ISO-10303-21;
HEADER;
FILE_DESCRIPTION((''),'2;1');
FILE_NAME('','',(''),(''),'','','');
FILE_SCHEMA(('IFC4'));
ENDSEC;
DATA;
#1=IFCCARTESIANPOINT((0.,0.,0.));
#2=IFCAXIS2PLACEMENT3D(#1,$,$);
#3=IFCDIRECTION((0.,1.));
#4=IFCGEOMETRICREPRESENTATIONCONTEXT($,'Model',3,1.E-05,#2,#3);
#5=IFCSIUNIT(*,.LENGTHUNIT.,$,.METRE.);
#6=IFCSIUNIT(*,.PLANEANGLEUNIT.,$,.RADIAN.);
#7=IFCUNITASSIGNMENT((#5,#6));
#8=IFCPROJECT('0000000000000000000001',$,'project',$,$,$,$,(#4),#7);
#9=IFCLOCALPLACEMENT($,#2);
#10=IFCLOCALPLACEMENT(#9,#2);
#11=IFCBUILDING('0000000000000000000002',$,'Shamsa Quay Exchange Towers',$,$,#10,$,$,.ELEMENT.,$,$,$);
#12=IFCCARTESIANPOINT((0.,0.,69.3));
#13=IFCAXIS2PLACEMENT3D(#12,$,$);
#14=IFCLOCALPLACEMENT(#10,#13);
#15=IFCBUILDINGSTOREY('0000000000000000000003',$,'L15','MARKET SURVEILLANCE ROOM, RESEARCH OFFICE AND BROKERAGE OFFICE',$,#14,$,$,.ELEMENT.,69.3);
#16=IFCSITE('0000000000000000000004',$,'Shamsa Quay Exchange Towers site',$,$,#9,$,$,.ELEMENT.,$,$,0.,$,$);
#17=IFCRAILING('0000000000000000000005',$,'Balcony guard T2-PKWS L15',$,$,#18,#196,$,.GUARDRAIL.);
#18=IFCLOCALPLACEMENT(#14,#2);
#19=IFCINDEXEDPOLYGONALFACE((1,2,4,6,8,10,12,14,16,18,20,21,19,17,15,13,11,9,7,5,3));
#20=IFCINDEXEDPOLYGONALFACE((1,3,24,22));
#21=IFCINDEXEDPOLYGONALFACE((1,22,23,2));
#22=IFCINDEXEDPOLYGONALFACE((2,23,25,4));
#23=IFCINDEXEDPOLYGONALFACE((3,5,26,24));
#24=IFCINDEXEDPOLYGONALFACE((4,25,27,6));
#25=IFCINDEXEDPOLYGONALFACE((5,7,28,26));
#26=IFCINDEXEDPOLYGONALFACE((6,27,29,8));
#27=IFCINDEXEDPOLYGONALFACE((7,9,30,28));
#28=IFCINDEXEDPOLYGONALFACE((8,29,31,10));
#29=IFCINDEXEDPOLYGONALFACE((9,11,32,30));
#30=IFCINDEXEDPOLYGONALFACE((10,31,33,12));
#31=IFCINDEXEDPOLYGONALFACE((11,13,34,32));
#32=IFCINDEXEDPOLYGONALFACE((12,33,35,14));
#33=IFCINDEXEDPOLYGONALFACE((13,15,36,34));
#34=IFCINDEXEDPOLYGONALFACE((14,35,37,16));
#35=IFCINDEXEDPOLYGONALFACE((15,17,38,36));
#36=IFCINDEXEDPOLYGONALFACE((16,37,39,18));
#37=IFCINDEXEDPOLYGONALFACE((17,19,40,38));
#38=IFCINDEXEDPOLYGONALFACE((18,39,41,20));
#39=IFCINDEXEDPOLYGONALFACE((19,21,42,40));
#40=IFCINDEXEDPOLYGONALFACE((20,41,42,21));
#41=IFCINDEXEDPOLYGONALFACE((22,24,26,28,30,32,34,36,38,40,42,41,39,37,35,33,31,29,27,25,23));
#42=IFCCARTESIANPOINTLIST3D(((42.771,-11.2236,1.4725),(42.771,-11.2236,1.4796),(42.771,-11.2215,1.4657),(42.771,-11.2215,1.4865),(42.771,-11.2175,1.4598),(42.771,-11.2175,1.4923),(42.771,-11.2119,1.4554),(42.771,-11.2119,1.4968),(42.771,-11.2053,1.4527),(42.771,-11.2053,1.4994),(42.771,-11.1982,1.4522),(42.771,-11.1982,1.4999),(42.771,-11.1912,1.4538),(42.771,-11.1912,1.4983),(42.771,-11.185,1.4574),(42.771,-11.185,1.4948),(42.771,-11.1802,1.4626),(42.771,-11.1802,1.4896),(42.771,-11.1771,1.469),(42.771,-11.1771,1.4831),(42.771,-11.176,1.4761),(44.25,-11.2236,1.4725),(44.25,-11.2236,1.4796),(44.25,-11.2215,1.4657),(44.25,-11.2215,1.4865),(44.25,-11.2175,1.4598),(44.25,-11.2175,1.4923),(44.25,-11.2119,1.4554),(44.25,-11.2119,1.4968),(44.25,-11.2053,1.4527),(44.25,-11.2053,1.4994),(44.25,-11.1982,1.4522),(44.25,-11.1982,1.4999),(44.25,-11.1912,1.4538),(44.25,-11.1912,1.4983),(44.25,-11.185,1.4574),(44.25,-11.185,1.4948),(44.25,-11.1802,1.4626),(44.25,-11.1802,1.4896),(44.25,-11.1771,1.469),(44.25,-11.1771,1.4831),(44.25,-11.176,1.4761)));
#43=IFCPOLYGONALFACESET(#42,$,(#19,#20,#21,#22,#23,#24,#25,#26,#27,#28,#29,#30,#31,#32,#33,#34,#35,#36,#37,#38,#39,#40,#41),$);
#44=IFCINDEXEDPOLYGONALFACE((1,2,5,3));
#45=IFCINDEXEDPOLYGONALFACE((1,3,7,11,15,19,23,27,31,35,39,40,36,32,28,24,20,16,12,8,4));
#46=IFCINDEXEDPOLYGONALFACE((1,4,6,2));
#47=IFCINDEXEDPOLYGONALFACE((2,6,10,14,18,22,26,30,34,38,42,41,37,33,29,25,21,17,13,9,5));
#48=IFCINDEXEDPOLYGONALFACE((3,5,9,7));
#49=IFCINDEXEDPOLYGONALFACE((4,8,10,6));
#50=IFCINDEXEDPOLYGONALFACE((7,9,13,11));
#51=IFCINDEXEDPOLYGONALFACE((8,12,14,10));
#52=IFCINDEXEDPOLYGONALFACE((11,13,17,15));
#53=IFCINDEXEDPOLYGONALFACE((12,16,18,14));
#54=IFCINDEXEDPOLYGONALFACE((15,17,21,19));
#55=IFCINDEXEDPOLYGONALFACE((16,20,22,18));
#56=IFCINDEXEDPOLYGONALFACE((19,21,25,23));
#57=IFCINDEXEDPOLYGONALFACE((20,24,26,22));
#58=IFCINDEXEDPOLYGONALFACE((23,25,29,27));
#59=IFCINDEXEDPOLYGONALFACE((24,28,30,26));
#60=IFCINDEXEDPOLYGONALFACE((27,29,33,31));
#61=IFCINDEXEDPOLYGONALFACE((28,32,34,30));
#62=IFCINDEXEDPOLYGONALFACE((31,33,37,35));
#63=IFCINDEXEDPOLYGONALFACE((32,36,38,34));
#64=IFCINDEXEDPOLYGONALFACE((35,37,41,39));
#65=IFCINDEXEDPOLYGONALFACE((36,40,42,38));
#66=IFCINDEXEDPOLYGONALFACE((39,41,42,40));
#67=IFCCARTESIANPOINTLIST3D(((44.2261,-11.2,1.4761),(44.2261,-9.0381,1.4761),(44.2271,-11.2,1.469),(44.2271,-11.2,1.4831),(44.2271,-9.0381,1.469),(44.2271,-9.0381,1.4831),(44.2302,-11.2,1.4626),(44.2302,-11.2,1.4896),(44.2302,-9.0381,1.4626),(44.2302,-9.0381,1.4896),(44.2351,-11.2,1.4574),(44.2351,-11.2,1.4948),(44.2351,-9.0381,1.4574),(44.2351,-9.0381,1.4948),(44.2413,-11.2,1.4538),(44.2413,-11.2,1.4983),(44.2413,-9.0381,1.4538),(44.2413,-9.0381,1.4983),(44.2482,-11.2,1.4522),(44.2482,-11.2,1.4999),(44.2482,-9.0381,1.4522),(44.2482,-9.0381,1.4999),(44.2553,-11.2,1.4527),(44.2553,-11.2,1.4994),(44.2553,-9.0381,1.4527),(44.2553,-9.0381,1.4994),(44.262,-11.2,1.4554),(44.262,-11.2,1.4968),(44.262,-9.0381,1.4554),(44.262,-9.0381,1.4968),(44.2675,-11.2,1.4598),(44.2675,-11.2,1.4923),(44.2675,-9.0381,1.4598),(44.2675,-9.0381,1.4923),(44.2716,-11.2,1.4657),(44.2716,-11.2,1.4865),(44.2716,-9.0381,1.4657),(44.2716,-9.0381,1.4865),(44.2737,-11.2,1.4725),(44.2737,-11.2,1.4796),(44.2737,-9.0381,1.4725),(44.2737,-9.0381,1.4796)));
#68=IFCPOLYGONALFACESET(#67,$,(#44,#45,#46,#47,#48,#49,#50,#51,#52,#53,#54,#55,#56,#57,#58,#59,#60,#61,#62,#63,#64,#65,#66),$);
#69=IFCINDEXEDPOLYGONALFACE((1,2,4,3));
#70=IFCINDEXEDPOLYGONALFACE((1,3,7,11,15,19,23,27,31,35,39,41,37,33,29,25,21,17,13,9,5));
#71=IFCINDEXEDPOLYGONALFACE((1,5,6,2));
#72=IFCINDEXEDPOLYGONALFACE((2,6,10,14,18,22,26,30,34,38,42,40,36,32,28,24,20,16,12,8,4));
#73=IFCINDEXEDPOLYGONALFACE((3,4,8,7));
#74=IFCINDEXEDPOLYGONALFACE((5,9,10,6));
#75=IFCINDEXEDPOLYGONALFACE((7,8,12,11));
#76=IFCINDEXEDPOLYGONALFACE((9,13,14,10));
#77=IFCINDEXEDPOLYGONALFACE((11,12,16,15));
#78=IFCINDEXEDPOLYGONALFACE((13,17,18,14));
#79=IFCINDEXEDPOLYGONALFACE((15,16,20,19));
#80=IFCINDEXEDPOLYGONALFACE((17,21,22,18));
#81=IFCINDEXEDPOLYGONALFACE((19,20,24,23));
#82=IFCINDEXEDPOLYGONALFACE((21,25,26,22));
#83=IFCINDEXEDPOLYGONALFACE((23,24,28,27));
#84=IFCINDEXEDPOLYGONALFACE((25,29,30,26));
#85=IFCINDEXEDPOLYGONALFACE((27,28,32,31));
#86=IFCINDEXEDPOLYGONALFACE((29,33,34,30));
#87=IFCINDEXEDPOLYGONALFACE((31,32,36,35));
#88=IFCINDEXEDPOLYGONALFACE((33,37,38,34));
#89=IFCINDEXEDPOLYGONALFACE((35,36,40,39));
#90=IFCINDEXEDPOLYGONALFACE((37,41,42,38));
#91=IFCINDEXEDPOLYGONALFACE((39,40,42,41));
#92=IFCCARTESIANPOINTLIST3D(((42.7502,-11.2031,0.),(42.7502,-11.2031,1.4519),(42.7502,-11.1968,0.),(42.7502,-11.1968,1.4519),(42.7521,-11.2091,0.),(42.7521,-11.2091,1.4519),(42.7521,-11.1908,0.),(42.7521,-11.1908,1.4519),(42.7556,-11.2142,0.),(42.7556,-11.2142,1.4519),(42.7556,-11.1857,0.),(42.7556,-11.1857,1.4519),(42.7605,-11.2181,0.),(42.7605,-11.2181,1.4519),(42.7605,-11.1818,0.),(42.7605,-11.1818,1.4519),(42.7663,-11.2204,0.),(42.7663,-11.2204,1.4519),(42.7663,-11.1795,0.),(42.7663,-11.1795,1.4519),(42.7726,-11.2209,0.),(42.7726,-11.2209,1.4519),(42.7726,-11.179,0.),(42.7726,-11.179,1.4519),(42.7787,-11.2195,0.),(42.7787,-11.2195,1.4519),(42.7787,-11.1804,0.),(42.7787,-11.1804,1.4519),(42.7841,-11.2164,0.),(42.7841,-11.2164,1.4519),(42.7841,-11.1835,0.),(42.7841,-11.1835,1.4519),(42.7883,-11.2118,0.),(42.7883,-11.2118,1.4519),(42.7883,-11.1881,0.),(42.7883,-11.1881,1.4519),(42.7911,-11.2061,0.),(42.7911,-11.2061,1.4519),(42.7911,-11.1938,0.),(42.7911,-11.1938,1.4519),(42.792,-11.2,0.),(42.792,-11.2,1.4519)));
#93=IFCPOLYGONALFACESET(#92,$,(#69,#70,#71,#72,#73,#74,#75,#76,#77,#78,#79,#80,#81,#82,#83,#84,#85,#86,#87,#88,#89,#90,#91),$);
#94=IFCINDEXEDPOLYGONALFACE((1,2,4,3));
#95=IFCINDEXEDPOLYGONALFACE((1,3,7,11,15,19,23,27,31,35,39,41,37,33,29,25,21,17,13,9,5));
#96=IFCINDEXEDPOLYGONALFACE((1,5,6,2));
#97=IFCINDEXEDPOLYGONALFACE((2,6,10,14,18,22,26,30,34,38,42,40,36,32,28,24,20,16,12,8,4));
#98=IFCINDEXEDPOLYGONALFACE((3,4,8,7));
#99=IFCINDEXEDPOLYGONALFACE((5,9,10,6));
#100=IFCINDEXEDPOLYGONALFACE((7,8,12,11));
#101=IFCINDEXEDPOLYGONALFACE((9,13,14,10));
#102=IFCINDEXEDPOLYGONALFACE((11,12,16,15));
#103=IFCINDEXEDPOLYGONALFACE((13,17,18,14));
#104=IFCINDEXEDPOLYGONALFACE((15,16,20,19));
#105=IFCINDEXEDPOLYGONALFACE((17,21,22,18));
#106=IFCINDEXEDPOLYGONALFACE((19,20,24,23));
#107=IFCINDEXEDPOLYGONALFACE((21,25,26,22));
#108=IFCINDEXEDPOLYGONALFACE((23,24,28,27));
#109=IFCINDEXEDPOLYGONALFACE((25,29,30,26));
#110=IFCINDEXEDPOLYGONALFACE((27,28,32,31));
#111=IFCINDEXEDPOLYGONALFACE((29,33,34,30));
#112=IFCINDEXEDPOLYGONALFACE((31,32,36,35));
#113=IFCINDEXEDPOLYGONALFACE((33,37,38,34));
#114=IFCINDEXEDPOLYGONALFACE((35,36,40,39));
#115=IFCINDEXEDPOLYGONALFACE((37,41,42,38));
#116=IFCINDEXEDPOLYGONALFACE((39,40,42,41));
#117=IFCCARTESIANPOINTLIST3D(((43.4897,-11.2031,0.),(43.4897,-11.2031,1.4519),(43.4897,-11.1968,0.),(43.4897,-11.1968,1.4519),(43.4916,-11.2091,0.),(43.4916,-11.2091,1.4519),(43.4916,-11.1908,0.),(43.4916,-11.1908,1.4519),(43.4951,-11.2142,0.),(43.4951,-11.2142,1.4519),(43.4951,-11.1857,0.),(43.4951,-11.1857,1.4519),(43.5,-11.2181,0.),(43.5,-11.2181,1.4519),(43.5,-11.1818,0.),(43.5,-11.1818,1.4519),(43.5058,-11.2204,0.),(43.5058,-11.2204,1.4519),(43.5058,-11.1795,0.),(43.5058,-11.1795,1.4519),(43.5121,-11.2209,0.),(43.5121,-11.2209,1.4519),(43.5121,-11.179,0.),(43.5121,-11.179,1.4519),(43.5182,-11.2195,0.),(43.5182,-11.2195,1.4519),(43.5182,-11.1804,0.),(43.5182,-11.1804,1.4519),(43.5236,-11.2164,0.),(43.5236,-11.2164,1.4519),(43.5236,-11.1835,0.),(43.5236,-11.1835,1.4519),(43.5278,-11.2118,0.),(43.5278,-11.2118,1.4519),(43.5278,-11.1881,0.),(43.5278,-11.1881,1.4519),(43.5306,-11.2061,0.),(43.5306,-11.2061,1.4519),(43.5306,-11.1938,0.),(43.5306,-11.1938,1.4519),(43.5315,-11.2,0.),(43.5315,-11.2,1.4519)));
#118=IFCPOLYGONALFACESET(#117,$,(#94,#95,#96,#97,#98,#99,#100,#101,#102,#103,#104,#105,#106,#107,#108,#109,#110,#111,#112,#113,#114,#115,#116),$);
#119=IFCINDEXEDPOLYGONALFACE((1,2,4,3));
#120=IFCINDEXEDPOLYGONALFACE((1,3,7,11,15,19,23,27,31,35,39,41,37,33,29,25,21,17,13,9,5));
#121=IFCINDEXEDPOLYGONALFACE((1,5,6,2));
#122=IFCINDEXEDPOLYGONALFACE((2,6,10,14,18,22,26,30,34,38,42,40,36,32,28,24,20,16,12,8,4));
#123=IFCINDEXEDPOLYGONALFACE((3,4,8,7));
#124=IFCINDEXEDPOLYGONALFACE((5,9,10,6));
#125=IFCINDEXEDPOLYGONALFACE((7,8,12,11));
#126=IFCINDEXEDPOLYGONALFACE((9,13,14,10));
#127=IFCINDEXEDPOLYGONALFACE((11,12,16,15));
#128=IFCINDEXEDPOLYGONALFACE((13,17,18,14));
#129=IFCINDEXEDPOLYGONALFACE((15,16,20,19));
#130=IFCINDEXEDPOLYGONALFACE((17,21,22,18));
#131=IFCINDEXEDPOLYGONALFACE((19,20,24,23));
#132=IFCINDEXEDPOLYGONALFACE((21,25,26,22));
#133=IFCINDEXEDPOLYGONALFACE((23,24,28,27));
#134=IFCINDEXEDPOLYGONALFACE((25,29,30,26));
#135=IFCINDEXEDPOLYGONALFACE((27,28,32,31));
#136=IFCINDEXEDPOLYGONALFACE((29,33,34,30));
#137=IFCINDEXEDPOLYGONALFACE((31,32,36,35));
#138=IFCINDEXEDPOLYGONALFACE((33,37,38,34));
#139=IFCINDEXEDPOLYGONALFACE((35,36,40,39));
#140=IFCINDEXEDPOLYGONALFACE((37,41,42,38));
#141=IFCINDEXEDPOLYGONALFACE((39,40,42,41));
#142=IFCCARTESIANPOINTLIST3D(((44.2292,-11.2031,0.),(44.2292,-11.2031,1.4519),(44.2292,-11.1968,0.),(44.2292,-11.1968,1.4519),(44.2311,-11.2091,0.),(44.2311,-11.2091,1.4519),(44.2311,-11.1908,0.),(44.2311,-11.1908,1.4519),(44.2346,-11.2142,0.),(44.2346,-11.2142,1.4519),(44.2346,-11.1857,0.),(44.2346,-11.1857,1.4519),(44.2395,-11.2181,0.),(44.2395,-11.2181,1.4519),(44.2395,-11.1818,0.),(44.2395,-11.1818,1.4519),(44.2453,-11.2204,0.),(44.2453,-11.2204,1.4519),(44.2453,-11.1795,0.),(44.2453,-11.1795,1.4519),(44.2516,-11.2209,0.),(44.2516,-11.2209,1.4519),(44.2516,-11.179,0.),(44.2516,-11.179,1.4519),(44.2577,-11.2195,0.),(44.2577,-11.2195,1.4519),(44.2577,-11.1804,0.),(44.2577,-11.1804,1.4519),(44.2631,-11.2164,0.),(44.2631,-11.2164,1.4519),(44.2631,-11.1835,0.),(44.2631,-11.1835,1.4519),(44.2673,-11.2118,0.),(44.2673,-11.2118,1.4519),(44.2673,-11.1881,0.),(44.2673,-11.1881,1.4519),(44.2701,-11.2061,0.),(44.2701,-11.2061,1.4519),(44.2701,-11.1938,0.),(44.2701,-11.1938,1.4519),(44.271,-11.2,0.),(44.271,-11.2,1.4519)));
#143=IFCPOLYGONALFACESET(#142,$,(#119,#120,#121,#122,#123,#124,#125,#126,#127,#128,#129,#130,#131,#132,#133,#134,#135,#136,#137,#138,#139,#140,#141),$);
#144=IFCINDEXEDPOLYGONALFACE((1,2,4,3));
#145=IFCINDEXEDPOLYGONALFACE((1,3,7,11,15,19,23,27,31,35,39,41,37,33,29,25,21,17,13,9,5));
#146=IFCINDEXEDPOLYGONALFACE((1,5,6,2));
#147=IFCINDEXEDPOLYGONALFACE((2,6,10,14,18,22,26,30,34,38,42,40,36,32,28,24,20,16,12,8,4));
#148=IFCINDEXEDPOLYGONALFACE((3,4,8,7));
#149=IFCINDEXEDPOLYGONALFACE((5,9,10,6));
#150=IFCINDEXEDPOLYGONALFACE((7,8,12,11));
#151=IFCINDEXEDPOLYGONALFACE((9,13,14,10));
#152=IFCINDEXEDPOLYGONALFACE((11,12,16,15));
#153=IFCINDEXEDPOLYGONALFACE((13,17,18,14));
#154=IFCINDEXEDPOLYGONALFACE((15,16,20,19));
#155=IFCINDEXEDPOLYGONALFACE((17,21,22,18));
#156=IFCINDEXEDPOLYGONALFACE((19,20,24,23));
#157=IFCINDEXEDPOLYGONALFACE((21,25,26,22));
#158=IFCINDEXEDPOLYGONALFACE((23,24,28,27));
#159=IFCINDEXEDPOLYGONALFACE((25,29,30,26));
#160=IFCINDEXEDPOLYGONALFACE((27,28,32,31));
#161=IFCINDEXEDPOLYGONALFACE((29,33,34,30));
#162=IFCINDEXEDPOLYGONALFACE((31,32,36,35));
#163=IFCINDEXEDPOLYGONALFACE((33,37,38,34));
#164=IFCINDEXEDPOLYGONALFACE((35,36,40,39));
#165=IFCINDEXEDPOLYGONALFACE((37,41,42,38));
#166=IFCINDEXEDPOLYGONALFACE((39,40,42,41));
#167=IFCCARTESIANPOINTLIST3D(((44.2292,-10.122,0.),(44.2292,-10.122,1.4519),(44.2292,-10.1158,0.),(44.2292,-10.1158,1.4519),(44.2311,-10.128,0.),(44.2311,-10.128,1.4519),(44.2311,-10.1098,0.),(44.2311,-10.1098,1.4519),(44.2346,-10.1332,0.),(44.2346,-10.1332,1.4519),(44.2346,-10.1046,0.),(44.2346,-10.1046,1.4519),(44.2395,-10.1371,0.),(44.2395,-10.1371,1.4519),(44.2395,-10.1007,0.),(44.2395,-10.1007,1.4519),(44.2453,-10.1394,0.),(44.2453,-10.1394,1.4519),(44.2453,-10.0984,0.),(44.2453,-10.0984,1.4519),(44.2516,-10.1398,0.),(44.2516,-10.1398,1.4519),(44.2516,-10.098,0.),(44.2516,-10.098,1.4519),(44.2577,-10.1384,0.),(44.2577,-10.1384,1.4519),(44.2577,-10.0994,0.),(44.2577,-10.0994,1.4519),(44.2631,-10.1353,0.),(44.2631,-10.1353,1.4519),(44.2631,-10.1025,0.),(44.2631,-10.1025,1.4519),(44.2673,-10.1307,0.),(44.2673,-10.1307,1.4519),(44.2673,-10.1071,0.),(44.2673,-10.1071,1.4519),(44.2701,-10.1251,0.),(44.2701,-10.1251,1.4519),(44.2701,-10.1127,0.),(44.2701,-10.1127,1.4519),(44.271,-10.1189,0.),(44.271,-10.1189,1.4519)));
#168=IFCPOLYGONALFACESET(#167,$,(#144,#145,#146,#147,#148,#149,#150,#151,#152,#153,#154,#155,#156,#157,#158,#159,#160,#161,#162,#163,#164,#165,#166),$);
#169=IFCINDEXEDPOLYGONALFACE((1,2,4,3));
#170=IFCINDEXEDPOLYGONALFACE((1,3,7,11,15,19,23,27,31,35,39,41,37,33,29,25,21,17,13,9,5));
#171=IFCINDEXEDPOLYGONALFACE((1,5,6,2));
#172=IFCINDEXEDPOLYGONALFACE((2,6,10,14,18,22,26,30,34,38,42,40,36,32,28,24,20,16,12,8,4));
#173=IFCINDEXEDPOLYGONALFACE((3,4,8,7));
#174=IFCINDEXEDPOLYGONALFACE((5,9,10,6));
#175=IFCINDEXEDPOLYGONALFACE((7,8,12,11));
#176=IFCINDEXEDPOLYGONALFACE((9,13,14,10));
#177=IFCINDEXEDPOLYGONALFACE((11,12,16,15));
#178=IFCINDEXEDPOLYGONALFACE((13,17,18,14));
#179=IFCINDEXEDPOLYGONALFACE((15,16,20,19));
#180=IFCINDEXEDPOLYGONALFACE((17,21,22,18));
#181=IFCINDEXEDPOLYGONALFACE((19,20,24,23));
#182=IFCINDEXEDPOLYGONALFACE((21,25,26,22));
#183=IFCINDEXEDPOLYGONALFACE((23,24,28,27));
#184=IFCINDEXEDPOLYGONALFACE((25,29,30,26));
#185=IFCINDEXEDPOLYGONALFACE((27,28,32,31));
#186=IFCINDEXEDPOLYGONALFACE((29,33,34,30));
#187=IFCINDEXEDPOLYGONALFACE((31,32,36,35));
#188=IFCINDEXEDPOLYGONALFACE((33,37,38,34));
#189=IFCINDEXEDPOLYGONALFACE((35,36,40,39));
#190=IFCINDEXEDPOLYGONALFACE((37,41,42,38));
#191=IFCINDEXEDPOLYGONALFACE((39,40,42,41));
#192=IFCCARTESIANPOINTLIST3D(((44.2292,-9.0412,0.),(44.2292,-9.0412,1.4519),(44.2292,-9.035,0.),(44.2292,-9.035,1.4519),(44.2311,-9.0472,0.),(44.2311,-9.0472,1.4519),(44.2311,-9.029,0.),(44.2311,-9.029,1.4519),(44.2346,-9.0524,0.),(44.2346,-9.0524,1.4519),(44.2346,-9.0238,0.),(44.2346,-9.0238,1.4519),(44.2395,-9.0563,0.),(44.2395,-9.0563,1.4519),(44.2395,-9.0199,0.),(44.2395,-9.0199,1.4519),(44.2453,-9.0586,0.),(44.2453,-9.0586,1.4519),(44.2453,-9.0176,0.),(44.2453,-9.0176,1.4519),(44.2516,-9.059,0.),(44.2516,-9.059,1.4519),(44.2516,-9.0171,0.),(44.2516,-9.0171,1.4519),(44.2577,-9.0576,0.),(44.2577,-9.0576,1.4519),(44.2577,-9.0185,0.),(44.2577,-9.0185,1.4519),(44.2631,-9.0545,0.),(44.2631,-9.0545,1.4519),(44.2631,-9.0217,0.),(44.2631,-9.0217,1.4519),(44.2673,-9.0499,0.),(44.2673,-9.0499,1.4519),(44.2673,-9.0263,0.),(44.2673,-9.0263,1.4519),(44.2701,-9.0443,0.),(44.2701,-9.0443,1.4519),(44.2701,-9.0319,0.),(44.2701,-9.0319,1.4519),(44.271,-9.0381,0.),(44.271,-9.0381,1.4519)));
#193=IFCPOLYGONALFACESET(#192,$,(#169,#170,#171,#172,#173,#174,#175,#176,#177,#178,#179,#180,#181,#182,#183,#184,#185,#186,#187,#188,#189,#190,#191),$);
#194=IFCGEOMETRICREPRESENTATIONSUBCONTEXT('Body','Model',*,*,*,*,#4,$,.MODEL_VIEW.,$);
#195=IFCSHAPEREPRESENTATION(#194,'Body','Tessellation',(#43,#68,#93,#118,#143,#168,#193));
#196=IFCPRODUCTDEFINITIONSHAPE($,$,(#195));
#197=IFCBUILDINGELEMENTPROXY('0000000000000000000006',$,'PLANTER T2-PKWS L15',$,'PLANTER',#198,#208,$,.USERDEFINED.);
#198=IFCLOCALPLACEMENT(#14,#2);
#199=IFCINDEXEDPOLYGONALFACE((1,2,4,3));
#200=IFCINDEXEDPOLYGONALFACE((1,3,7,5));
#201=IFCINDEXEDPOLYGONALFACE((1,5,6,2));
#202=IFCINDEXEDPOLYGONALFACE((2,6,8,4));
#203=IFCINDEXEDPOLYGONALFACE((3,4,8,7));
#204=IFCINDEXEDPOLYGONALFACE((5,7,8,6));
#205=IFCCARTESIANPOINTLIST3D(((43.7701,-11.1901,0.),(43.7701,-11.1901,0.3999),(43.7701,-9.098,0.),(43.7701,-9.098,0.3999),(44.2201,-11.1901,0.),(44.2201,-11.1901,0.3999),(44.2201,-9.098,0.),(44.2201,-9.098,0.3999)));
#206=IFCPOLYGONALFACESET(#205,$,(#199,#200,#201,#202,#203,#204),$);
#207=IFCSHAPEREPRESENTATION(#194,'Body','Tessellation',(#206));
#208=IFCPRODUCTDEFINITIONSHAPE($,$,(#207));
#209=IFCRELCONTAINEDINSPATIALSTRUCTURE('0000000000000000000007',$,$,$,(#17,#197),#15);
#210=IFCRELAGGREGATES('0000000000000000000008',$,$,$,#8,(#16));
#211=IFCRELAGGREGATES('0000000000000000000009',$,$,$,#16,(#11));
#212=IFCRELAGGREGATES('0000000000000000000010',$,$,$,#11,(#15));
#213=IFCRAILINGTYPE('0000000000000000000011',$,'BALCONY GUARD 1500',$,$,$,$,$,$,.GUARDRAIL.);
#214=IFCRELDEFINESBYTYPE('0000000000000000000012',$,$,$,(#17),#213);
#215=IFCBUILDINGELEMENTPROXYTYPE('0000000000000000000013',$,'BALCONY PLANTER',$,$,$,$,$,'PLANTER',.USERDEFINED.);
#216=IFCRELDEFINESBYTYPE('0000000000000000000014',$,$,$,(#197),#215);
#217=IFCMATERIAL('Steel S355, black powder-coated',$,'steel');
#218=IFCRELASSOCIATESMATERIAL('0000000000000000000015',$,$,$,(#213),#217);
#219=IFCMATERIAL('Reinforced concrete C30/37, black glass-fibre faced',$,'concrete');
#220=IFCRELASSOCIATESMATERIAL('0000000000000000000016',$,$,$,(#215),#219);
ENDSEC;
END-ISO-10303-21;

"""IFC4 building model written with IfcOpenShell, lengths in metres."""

from ifc_helpers import new_model, si_unit, direction, frame, origin, origin_2d, place, context, subcontext, project, spatial, rectangle, circle, extrude, material, type_object, element, save


model = new_model("IFC4")

# Units and contexts
model_context = context("Model", 3, precision=1e-05, world=origin(), true_north=direction((0.0, 1.0)))
body_context = subcontext(model_context, "Body", "Model", "MODEL_VIEW")
ifc_project = project(units=[si_unit("LENGTHUNIT", "METRE"), si_unit("PLANEANGLEUNIT", "RADIAN")], contexts=[model_context])

# Site, building, storey
site_placement = place(None, origin())
site = spatial("IfcSite", under=ifc_project, at=site_placement, Name="Shamsa Quay Exchange Towers site", CompositionType="ELEMENT", RefElevation=0.0)
building_placement = place(site_placement, origin())
building = spatial("IfcBuilding", under=site, at=building_placement, Name="Shamsa Quay Exchange Towers", CompositionType="ELEMENT")
storey_placement = place(building_placement, frame((0.0, 0.0, 69.3)))
storey = spatial("IfcBuildingStorey", under=building, at=storey_placement, Name="L15", Description="MARKET SURVEILLANCE ROOM, RESEARCH OFFICE AND BROKERAGE OFFICE", CompositionType="ELEMENT", Elevation=69.3)

# Railing
ifc_material_1 = material(Name="Steel S355, black powder-coated", Category="steel")
railing_type = type_object("IfcRailingType", Name="BALCONY GUARD 1500", PredefinedType="GUARDRAIL", material=ifc_material_1)
railing_placement = place(storey_placement, frame((42.771, -11.2, 0.0)))
element("IfcRailing", 1, at=railing_placement, inside=storey, type_object=railing_type, Name="Balcony guard T2-PKWS L15", PredefinedType="GUARDRAIL", context=body_context, shape_type="SweptSolid", body=[
    extrude(circle(Radius=0.0239, at=origin_2d()), frame((0.0, 0.0, 1.4761), z_axis=(1.0, 0.0, 0.0), x_axis=(0.0, 1.0, 0.0)), (0.0, 0.0, 1.0), 1.479),
    extrude(circle(Radius=0.0239, at=origin_2d()), frame((1.479, 0.0, 1.4761), z_axis=(0.0, 1.0, 0.0), x_axis=(-1.0, 0.0, 0.0)), (0.0, 0.0, 1.0), 2.1619),
    extrude(circle(Radius=0.021, at=origin_2d()), origin(), (0.0, 0.0, 1.0), 1.4519),
    extrude(circle(Radius=0.021, at=origin_2d()), frame((0.7395, 0.0, 0.0)), (0.0, 0.0, 1.0), 1.4519),
    extrude(circle(Radius=0.021, at=origin_2d()), frame((1.479, 0.0, 0.0)), (0.0, 0.0, 1.0), 1.4519),
    extrude(circle(Radius=0.021, at=origin_2d()), frame((1.479, 1.0811, 0.0)), (0.0, 0.0, 1.0), 1.4519),
    extrude(circle(Radius=0.021, at=origin_2d()), frame((1.479, 2.1619, 0.0)), (0.0, 0.0, 1.0), 1.4519),
])

# Building element proxy
ifc_material_2 = material(Name="Reinforced concrete C30/37, black glass-fibre faced", Category="concrete")
building_element_proxy_type = type_object("IfcBuildingElementProxyType", Name="BALCONY PLANTER", ElementType="PLANTER", PredefinedType="USERDEFINED", material=ifc_material_2)
proxy_placement = place(storey_placement, frame((43.9951, -10.144, 0.0), z_axis=(0.0, 0.0, 1.0), x_axis=(0.0, 1.0, 0.0)))
element("IfcBuildingElementProxy", 2, at=proxy_placement, inside=storey, type_object=building_element_proxy_type, Name="PLANTER T2-PKWS L15", ObjectType="PLANTER", PredefinedType="USERDEFINED", context=body_context, shape_type="SweptSolid", body=[
    extrude(rectangle(XDim=2.092, YDim=0.45, at=origin_2d()), origin(), (0.0, 0.0, 1.0), 0.3999),
])

save(model, "model.ifc")
